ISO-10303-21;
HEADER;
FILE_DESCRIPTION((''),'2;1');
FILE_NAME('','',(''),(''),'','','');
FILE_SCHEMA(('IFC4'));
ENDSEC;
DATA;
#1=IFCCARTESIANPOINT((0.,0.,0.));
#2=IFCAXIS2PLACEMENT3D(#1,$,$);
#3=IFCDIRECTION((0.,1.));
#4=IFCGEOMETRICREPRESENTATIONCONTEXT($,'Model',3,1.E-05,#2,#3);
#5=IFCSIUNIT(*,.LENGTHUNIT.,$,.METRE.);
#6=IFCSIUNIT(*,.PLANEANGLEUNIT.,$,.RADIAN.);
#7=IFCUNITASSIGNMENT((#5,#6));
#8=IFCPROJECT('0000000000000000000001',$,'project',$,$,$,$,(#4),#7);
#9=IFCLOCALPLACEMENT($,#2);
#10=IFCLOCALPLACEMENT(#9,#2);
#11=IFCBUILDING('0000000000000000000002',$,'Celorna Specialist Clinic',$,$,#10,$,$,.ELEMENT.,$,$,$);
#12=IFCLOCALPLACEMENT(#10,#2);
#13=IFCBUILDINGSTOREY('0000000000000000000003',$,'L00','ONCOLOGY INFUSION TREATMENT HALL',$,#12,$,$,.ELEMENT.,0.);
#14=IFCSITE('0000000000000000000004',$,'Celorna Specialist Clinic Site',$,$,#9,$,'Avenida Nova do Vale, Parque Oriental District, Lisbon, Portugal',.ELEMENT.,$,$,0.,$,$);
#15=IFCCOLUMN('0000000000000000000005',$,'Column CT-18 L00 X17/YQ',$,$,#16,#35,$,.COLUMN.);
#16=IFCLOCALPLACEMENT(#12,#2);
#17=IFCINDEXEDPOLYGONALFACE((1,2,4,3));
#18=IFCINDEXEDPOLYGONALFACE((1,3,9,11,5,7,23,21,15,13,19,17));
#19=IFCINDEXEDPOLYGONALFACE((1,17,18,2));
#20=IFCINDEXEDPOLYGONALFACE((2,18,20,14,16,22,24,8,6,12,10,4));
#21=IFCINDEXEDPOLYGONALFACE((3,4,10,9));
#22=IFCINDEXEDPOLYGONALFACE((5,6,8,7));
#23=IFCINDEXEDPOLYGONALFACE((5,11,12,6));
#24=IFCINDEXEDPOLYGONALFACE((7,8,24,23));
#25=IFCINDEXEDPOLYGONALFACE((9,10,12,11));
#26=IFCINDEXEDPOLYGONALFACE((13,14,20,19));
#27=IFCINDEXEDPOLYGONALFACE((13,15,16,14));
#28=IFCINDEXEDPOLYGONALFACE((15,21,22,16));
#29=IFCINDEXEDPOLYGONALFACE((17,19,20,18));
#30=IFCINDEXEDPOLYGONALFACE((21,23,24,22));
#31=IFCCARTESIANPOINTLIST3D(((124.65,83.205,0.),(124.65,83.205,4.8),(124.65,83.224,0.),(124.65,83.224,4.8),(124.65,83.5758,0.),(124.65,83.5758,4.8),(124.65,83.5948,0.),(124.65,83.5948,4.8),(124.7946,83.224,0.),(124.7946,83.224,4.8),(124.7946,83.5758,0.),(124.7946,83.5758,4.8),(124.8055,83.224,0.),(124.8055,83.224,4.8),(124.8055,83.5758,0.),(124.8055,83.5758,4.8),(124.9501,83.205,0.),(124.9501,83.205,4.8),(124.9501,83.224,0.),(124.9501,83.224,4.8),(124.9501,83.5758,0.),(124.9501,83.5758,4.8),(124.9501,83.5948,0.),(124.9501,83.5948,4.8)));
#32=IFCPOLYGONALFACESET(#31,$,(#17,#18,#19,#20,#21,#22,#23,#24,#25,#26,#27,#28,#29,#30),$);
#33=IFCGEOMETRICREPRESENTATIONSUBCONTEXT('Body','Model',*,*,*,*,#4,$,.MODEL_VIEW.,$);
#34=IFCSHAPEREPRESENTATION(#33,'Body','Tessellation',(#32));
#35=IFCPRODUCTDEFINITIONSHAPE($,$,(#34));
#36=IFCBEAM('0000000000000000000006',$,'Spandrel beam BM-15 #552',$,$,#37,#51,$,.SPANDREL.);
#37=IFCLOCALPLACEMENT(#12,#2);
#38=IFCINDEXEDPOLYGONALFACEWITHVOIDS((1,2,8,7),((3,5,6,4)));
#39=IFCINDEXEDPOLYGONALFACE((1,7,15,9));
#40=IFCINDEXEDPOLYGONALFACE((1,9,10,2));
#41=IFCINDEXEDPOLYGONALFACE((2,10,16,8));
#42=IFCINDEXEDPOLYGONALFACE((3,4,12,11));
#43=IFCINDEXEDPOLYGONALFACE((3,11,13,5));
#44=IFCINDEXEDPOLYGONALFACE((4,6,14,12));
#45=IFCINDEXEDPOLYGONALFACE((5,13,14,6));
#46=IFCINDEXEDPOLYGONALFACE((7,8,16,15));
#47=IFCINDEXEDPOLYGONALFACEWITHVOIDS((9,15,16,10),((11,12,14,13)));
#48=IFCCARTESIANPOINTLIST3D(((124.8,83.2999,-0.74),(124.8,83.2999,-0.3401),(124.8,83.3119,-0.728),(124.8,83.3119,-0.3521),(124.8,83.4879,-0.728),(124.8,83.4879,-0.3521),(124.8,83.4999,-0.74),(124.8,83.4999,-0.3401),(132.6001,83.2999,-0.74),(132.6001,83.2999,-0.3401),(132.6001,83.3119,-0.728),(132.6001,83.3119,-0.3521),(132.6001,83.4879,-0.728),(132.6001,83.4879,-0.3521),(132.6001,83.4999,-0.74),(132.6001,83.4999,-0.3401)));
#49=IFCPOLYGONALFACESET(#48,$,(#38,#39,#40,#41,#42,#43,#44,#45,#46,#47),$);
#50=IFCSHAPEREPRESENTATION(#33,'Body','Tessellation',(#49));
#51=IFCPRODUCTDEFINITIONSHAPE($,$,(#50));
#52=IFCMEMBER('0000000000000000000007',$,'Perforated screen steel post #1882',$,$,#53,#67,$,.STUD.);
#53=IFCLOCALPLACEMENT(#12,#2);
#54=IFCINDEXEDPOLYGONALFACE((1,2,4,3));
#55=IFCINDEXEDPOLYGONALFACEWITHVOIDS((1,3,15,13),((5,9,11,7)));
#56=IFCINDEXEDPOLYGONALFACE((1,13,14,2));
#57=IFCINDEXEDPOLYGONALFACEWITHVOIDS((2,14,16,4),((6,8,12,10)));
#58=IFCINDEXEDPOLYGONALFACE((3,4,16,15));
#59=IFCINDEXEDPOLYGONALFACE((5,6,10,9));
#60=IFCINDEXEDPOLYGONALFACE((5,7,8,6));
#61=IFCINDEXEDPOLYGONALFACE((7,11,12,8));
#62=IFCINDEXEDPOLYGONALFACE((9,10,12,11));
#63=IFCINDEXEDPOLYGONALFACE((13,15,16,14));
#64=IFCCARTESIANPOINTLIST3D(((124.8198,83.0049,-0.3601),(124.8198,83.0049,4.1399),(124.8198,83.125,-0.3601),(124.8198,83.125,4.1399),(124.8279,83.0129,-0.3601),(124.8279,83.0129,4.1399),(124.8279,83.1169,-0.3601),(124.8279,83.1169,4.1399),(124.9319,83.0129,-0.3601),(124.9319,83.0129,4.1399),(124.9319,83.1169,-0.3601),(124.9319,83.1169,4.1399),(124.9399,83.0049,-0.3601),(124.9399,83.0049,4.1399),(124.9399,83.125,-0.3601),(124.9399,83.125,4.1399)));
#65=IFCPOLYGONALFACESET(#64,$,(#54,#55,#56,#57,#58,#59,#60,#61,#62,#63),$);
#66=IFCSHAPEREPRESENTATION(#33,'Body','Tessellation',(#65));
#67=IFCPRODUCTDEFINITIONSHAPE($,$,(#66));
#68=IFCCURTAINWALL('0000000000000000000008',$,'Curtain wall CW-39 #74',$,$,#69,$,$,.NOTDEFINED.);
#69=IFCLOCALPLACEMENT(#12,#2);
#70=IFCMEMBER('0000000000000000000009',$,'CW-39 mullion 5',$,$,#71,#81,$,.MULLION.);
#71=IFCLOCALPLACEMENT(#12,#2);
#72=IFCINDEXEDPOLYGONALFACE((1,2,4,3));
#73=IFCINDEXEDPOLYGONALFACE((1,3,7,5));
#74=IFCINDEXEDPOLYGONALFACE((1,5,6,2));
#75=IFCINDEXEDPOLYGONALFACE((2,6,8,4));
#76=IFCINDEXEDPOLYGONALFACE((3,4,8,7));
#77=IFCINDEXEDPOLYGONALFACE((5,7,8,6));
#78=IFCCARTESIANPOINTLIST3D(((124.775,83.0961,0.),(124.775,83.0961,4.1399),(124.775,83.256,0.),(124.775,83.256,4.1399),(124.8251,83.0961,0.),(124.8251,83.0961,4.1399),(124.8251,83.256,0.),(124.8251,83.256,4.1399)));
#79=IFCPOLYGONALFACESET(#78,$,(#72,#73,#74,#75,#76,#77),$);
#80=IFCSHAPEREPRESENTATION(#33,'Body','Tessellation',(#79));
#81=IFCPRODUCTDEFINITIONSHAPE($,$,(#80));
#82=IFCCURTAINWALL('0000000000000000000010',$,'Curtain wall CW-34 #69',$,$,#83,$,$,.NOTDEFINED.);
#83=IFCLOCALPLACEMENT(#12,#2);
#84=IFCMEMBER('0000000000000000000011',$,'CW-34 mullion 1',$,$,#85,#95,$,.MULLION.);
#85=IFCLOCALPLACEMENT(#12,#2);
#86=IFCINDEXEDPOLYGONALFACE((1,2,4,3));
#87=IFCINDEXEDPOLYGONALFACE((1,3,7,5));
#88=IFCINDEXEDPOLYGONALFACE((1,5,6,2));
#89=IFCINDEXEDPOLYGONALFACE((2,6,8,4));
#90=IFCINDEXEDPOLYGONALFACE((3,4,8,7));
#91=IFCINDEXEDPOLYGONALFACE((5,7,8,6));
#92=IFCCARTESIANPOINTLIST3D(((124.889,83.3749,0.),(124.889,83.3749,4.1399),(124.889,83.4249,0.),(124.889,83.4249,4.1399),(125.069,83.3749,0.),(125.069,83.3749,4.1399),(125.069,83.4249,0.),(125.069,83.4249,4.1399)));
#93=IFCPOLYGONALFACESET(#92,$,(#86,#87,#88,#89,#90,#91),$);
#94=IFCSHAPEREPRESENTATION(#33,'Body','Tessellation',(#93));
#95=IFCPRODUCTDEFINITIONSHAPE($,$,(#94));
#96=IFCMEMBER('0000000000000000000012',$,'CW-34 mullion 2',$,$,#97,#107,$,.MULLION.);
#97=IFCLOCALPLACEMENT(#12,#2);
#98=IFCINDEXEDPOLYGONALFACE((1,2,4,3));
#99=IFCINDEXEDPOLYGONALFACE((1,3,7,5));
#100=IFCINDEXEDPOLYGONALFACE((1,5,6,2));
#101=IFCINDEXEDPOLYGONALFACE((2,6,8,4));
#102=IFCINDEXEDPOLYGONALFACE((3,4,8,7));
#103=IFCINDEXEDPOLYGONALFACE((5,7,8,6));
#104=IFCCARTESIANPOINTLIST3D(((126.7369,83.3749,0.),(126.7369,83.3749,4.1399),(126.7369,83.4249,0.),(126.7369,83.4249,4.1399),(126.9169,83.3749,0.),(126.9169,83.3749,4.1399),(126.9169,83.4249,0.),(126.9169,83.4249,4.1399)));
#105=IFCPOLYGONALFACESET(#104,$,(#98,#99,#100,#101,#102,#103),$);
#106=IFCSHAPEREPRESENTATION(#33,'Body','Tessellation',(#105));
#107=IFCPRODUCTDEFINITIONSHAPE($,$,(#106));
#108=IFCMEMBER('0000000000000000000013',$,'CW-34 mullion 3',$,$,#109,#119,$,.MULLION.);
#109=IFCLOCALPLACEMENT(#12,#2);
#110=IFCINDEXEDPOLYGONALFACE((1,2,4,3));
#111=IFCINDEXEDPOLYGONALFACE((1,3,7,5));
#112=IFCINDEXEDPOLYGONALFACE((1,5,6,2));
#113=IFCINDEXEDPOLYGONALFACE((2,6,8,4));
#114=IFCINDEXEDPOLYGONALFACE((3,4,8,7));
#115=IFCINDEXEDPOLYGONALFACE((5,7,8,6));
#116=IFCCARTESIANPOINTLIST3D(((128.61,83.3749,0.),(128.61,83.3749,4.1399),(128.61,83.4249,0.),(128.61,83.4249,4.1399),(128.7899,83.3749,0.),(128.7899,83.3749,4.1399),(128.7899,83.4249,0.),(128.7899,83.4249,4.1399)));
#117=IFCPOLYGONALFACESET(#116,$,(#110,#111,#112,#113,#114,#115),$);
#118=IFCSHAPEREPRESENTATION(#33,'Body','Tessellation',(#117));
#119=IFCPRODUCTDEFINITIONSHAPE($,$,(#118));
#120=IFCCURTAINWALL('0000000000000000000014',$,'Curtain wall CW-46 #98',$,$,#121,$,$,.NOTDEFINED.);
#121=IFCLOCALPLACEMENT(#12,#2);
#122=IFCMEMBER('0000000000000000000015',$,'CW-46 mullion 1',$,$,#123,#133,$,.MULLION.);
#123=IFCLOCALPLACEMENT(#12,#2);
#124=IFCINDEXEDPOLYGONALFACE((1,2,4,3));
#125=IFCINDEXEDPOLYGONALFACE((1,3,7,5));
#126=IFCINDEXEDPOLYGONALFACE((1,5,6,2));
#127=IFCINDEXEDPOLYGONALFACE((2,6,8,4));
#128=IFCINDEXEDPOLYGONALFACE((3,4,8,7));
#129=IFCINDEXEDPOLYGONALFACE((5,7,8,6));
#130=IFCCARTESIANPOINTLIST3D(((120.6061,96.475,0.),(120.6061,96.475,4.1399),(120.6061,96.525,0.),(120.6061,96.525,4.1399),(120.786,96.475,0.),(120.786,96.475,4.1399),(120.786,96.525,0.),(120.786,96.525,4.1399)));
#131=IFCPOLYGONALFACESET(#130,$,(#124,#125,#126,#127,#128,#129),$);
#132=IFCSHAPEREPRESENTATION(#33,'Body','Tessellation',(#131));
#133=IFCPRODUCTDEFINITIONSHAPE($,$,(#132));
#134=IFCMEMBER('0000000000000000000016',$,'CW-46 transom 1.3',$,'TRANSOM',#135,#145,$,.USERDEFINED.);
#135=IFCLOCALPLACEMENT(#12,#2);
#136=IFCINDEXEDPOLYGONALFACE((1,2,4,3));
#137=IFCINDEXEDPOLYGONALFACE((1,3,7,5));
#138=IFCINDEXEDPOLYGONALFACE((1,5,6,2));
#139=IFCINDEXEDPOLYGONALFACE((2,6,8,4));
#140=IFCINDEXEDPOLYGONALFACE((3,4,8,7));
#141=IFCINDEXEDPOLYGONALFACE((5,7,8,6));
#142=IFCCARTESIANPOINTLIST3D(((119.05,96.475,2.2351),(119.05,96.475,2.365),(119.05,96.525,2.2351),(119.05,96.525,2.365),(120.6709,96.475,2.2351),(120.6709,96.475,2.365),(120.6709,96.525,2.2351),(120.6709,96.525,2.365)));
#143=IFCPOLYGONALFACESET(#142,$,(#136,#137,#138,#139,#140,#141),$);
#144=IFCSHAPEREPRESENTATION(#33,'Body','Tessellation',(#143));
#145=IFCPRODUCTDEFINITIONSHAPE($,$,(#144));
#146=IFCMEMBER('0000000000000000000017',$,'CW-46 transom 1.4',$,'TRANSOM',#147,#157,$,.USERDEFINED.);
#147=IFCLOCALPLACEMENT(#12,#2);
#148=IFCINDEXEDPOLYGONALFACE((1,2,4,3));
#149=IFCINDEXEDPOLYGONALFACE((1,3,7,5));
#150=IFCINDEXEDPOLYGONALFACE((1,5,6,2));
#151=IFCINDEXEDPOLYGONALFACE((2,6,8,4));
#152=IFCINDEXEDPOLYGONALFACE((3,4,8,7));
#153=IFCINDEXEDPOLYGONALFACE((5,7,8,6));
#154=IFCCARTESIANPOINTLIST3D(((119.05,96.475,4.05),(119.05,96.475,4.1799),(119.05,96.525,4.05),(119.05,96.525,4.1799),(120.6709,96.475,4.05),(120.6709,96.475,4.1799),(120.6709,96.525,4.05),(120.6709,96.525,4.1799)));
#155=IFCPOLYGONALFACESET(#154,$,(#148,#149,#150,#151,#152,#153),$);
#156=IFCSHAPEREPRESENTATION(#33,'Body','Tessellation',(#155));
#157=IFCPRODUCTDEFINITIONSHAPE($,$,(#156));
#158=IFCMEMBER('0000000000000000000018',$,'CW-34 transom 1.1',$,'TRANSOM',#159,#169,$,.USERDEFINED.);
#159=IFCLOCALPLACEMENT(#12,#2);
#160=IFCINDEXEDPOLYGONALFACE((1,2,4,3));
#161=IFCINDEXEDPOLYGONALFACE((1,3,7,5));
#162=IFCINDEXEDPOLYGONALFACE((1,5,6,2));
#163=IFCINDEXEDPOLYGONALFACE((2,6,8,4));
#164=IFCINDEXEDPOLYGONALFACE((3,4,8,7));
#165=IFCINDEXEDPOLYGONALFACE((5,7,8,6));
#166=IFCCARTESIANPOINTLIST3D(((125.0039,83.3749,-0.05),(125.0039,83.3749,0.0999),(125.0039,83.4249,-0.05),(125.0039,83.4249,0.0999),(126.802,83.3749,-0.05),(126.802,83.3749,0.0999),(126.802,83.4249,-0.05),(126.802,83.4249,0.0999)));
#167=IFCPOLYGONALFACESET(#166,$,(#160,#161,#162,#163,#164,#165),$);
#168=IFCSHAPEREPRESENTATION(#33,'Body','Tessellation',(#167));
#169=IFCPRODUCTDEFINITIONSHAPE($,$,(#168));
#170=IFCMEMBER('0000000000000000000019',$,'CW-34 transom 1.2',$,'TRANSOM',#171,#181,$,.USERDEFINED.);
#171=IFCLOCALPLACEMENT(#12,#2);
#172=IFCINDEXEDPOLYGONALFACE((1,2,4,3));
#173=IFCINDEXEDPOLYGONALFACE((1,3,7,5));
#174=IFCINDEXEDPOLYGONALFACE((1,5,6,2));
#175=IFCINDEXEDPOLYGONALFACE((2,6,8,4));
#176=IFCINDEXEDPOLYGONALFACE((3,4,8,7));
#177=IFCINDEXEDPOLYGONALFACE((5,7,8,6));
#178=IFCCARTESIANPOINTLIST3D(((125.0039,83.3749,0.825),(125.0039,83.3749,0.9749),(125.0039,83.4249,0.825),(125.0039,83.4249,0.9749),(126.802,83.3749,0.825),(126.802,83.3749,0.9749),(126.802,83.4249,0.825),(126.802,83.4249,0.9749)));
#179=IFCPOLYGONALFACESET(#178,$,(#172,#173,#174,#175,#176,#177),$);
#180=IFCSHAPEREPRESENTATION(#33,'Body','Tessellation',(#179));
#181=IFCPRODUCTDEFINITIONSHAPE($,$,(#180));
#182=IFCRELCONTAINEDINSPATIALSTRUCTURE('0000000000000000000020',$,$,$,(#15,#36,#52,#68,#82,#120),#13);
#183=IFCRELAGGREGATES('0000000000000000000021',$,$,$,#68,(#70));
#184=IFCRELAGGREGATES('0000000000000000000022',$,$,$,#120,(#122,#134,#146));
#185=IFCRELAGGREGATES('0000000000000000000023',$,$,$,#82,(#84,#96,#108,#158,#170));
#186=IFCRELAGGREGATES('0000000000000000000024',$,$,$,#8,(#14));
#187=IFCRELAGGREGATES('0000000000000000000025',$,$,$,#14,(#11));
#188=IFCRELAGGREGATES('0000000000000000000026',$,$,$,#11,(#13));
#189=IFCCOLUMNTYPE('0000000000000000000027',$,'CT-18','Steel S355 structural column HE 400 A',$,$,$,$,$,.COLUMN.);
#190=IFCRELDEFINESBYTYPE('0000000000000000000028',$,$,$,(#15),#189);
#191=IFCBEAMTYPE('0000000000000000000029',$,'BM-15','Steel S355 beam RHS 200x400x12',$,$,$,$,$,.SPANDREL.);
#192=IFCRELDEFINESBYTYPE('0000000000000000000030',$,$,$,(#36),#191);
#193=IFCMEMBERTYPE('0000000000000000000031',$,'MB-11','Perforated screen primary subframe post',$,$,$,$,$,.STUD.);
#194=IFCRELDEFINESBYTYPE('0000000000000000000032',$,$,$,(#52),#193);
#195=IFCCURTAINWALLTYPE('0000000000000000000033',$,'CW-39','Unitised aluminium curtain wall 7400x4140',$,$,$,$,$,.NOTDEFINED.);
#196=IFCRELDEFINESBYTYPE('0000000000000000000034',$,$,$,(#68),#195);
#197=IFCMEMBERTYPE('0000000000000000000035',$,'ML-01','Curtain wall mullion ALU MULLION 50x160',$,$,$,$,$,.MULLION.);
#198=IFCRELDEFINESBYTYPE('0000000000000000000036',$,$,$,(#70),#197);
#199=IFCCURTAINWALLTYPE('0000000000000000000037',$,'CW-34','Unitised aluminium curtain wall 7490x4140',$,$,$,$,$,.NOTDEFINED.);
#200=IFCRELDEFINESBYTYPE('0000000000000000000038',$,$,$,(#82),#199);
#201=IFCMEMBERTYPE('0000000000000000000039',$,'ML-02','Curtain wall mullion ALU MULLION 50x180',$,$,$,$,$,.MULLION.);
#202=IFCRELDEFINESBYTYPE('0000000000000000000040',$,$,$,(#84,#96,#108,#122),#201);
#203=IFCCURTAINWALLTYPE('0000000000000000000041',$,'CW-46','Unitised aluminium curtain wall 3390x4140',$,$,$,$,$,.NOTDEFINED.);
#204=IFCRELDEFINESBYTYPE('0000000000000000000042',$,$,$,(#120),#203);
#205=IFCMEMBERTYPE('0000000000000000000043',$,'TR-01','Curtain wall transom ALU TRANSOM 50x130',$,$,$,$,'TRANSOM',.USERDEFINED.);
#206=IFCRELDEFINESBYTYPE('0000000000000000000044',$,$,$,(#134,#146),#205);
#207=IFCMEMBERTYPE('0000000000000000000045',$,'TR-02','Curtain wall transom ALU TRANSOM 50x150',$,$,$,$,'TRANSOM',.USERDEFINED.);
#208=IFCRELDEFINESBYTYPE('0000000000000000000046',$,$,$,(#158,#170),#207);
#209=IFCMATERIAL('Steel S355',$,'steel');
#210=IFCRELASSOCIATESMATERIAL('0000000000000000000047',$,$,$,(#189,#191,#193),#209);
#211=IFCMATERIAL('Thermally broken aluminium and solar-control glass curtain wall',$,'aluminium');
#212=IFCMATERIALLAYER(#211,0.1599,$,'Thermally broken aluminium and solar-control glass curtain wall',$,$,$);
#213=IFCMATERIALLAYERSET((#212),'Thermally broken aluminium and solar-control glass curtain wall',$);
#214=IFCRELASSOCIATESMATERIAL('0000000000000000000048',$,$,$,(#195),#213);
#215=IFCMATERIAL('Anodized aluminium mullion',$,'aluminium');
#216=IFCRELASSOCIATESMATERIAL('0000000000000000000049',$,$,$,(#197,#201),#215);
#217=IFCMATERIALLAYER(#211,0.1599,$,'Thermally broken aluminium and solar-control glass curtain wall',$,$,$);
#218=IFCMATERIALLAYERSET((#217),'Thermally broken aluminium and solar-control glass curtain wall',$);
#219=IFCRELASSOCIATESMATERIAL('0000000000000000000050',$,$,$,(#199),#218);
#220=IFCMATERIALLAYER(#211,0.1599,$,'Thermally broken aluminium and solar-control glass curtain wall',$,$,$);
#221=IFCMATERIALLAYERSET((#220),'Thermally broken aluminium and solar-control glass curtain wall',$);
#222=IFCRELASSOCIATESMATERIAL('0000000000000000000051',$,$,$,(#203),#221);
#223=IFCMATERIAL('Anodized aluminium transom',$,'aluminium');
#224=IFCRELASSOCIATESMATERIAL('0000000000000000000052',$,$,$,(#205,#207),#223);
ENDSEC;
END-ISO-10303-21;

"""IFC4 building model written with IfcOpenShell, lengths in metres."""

from ifc_helpers import new_model, si_unit, direction, frame, origin, origin_2d, place, context, subcontext, project, spatial, rectangle, hollow_rectangle, i_section, extrude, material, layer, layer_set, material_profile, profile_set, type_object, element, aggregate, save


model = new_model("IFC4")

# Units and contexts
model_context = context("Model", 3, precision=1e-05, world=origin(), true_north=direction((0.0, 1.0)))
body_context = subcontext(model_context, "Body", "Model", "MODEL_VIEW")
ifc_project = project(units=[si_unit("LENGTHUNIT", "METRE"), si_unit("PLANEANGLEUNIT", "RADIAN")], contexts=[model_context])

# Site, building, storey
site_placement = place(None, origin())
site = spatial("IfcSite", under=ifc_project, at=site_placement, Name="Celorna Specialist Clinic Site", LongName="Avenida Nova do Vale, Parque Oriental District, Lisbon, Portugal", CompositionType="ELEMENT", RefElevation=0.0)
building_placement = place(site_placement, origin())
building = spatial("IfcBuilding", under=site, at=building_placement, Name="Celorna Specialist Clinic", CompositionType="ELEMENT")
storey_placement = place(building_placement, origin())
storey = spatial("IfcBuildingStorey", under=building, at=storey_placement, Name="L00", Description="ONCOLOGY INFUSION TREATMENT HALL", CompositionType="ELEMENT", Elevation=0.0)

# Column
ifc_material_1 = material(Name="Steel S355", Category="steel")
ifc_material_profile_1 = material_profile(ifc_material_1, i_section(OverallWidth=0.3, OverallDepth=0.3899, WebThickness=0.011, FlangeThickness=0.019, at=origin_2d()), Name="HE 400 A")
ifc_profile_set_1 = profile_set([ifc_material_profile_1], Name="Steel S355")
column_type = type_object("IfcColumnType", Name="CT-18", Description="Steel S355 structural column HE 400 A", PredefinedType="COLUMN", material=ifc_profile_set_1)
column_placement = place(storey_placement, frame((124.8, 83.3999, 0.0), z_axis=(0.0, 0.0, 1.0), x_axis=(1.0, 0.0, 0.0)))
element("IfcColumn", 1, at=column_placement, inside=storey, type_object=column_type, Name="Column CT-18 L00 X17/YQ", PredefinedType="COLUMN", context=body_context, shape_type="SweptSolid", body=[
    extrude(i_section(OverallWidth=0.3, OverallDepth=0.3899, WebThickness=0.011, FlangeThickness=0.019, at=origin_2d()), origin(), (0.0, 0.0, 1.0), 4.8),
])

# Beam
ifc_material_profile_2 = material_profile(ifc_material_1, hollow_rectangle(XDim=0.2, YDim=0.3999, WallThickness=0.012, at=origin_2d()), Name="RHS 200x400x12")
ifc_profile_set_2 = profile_set([ifc_material_profile_2], Name="Steel S355")
beam_type = type_object("IfcBeamType", Name="BM-15", Description="Steel S355 beam RHS 200x400x12", PredefinedType="SPANDREL", material=ifc_profile_set_2)
beam_placement = place(storey_placement, frame((124.8, 83.3999, -0.54), z_axis=(1.0, 0.0, 0.0), x_axis=(0.0, 1.0, 0.0)))
element("IfcBeam", 2, at=beam_placement, inside=storey, type_object=beam_type, Name="Spandrel beam BM-15 #552", PredefinedType="SPANDREL", context=body_context, shape_type="SweptSolid", body=[
    extrude(hollow_rectangle(XDim=0.2, YDim=0.3999, WallThickness=0.012, at=origin_2d()), origin(), (0.0, 0.0, 1.0), 7.8),
])

# Member
ifc_material_profile_3 = material_profile(ifc_material_1, hollow_rectangle(XDim=0.1201, YDim=0.1201, WallThickness=0.0081, at=origin_2d()), Name="SHS 120x120x8")
ifc_profile_set_3 = profile_set([ifc_material_profile_3], Name="Steel S355")
member_type_1 = type_object("IfcMemberType", Name="MB-11", Description="Perforated screen primary subframe post", PredefinedType="STUD", material=ifc_profile_set_3)
member_1_placement = place(storey_placement, frame((124.8799, 83.0649, -0.3601), z_axis=(0.0, 0.0, 1.0), x_axis=(1.0, 0.0, 0.0)))
element("IfcMember", 3, at=member_1_placement, inside=storey, type_object=member_type_1, Name="Perforated screen steel post #1882", PredefinedType="STUD", context=body_context, shape_type="SweptSolid", body=[
    extrude(hollow_rectangle(XDim=0.1201, YDim=0.1201, WallThickness=0.0081, at=origin_2d()), origin(), (0.0, 0.0, 1.0), 4.5),
])

# Curtain wall, member
ifc_material_2 = material(Name="Thermally broken aluminium and solar-control glass curtain wall", Category="aluminium")
ifc_layer_1 = layer(ifc_material_2, 0.1599, Name="Thermally broken aluminium and solar-control glass curtain wall")
ifc_layer_set_1 = layer_set([ifc_layer_1], Name="Thermally broken aluminium and solar-control glass curtain wall")
curtain_wall_type_1 = type_object("IfcCurtainWallType", Name="CW-39", Description="Unitised aluminium curtain wall 7400x4140", PredefinedType="NOTDEFINED", material=ifc_layer_set_1)
curtain_wall_1_placement = place(storey_placement, origin())
curtain_wall_1 = element("IfcCurtainWall", 4, at=curtain_wall_1_placement, inside=storey, type_object=curtain_wall_type_1, Name="Curtain wall CW-39 #74", PredefinedType="NOTDEFINED")
ifc_material_3 = material(Name="Anodized aluminium mullion", Category="aluminium")
ifc_material_profile_4 = material_profile(ifc_material_3, rectangle(XDim=0.05, YDim=0.1599, at=origin_2d()), Name="ALU MULLION 50x160")
ifc_profile_set_4 = profile_set([ifc_material_profile_4], Name="Anodized aluminium mullion")
member_type_2 = type_object("IfcMemberType", Name="ML-01", Description="Curtain wall mullion ALU MULLION 50x160", PredefinedType="MULLION", material=ifc_profile_set_4)
member_2_placement = place(storey_placement, frame((124.8, 83.176, 0.0), z_axis=(0.0, 0.0, 1.0), x_axis=(-1.0, 0.0, 0.0)))
member_2 = element("IfcMember", 5, at=member_2_placement, type_object=member_type_2, Name="CW-39 mullion 5", PredefinedType="MULLION", context=body_context, shape_type="SweptSolid", body=[
    extrude(rectangle(XDim=0.05, YDim=0.1599, at=origin_2d()), origin(), (0.0, 0.0, 1.0), 4.1399),
])
aggregate(curtain_wall_1, [member_2])

# Curtain walls, members
ifc_layer_2 = layer(ifc_material_2, 0.1599, Name="Thermally broken aluminium and solar-control glass curtain wall")
ifc_layer_set_2 = layer_set([ifc_layer_2], Name="Thermally broken aluminium and solar-control glass curtain wall")
curtain_wall_type_2 = type_object("IfcCurtainWallType", Name="CW-34", Description="Unitised aluminium curtain wall 7490x4140", PredefinedType="NOTDEFINED", material=ifc_layer_set_2)
curtain_wall_2_placement = place(storey_placement, origin())
curtain_wall_2 = element("IfcCurtainWall", 6, at=curtain_wall_2_placement, inside=storey, type_object=curtain_wall_type_2, Name="Curtain wall CW-34 #69", PredefinedType="NOTDEFINED")
ifc_material_profile_5 = material_profile(ifc_material_3, rectangle(XDim=0.05, YDim=0.1799, at=origin_2d()), Name="ALU MULLION 50x180")
ifc_profile_set_5 = profile_set([ifc_material_profile_5], Name="Anodized aluminium mullion")
member_type_3 = type_object("IfcMemberType", Name="ML-02", Description="Curtain wall mullion ALU MULLION 50x180", PredefinedType="MULLION", material=ifc_profile_set_5)
member_3_placement = place(storey_placement, frame((124.979, 83.3999, 0.0), z_axis=(0.0, 0.0, 1.0), x_axis=(0.0, 1.0, 0.0)))
member_3 = element("IfcMember", 7, at=member_3_placement, type_object=member_type_3, Name="CW-34 mullion 1", PredefinedType="MULLION", context=body_context, shape_type="SweptSolid", body=[
    extrude(rectangle(XDim=0.05, YDim=0.1799, at=origin_2d()), origin(), (0.0, 0.0, 1.0), 4.1399),
])
member_4_placement = place(storey_placement, frame((126.8269, 83.3999, 0.0), z_axis=(0.0, 0.0, 1.0), x_axis=(0.0, 1.0, 0.0)))
member_4 = element("IfcMember", 8, at=member_4_placement, type_object=member_type_3, Name="CW-34 mullion 2", PredefinedType="MULLION", context=body_context, shape_type="SweptSolid", body=[
    extrude(rectangle(XDim=0.05, YDim=0.1799, at=origin_2d()), origin(), (0.0, 0.0, 1.0), 4.1399),
])
member_5_placement = place(storey_placement, frame((128.7, 83.3999, 0.0), z_axis=(0.0, 0.0, 1.0), x_axis=(0.0, 1.0, 0.0)))
member_5 = element("IfcMember", 9, at=member_5_placement, type_object=member_type_3, Name="CW-34 mullion 3", PredefinedType="MULLION", context=body_context, shape_type="SweptSolid", body=[
    extrude(rectangle(XDim=0.05, YDim=0.1799, at=origin_2d()), origin(), (0.0, 0.0, 1.0), 4.1399),
])
ifc_layer_3 = layer(ifc_material_2, 0.1599, Name="Thermally broken aluminium and solar-control glass curtain wall")
ifc_layer_set_3 = layer_set([ifc_layer_3], Name="Thermally broken aluminium and solar-control glass curtain wall")
curtain_wall_type_3 = type_object("IfcCurtainWallType", Name="CW-46", Description="Unitised aluminium curtain wall 3390x4140", PredefinedType="NOTDEFINED", material=ifc_layer_set_3)
curtain_wall_3_placement = place(storey_placement, origin())
curtain_wall_3 = element("IfcCurtainWall", 10, at=curtain_wall_3_placement, inside=storey, type_object=curtain_wall_type_3, Name="Curtain wall CW-46 #98", PredefinedType="NOTDEFINED")
member_6_placement = place(storey_placement, frame((120.696, 96.5, 0.0), z_axis=(0.0, 0.0, 1.0), x_axis=(0.0, -1.0, 0.0)))
member_6 = element("IfcMember", 11, at=member_6_placement, type_object=member_type_3, Name="CW-46 mullion 1", PredefinedType="MULLION", context=body_context, shape_type="SweptSolid", body=[
    extrude(rectangle(XDim=0.05, YDim=0.1799, at=origin_2d()), origin(), (0.0, 0.0, 1.0), 4.1399),
])
ifc_material_4 = material(Name="Anodized aluminium transom", Category="aluminium")
ifc_material_profile_6 = material_profile(ifc_material_4, rectangle(XDim=0.05, YDim=0.1299, at=origin_2d()), Name="ALU TRANSOM 50x130")
ifc_profile_set_6 = profile_set([ifc_material_profile_6], Name="Anodized aluminium transom")
member_type_4 = type_object("IfcMemberType", Name="TR-01", Description="Curtain wall transom ALU TRANSOM 50x130", ElementType="TRANSOM", PredefinedType="USERDEFINED", material=ifc_profile_set_6)
member_7_placement = place(storey_placement, frame((120.6709, 96.5, 2.3), z_axis=(-1.0, 0.0, 0.0), x_axis=(0.0, -1.0, 0.0)))
member_7 = element("IfcMember", 12, at=member_7_placement, type_object=member_type_4, Name="CW-46 transom 1.3", ObjectType="TRANSOM", PredefinedType="USERDEFINED", context=body_context, shape_type="SweptSolid", body=[
    extrude(rectangle(XDim=0.05, YDim=0.1299, at=origin_2d()), origin(), (0.0, 0.0, 1.0), 1.6208),
])
member_8_placement = place(storey_placement, frame((120.6709, 96.5, 4.115), z_axis=(-1.0, 0.0, 0.0), x_axis=(0.0, -1.0, 0.0)))
member_8 = element("IfcMember", 13, at=member_8_placement, type_object=member_type_4, Name="CW-46 transom 1.4", ObjectType="TRANSOM", PredefinedType="USERDEFINED", context=body_context, shape_type="SweptSolid", body=[
    extrude(rectangle(XDim=0.05, YDim=0.1299, at=origin_2d()), origin(), (0.0, 0.0, 1.0), 1.6208),
])
aggregate(curtain_wall_3, [member_6, member_7, member_8])

# Members
ifc_material_profile_7 = material_profile(ifc_material_4, rectangle(XDim=0.05, YDim=0.1499, at=origin_2d()), Name="ALU TRANSOM 50x150")
ifc_profile_set_7 = profile_set([ifc_material_profile_7], Name="Anodized aluminium transom")
member_type_5 = type_object("IfcMemberType", Name="TR-02", Description="Curtain wall transom ALU TRANSOM 50x150", ElementType="TRANSOM", PredefinedType="USERDEFINED", material=ifc_profile_set_7)
member_9_placement = place(storey_placement, frame((125.0039, 83.3999, 0.0249), z_axis=(1.0, 0.0, 0.0), x_axis=(0.0, 1.0, 0.0)))
member_9 = element("IfcMember", 14, at=member_9_placement, type_object=member_type_5, Name="CW-34 transom 1.1", ObjectType="TRANSOM", PredefinedType="USERDEFINED", context=body_context, shape_type="SweptSolid", body=[
    extrude(rectangle(XDim=0.05, YDim=0.1499, at=origin_2d()), origin(), (0.0, 0.0, 1.0), 1.7981),
])
member_10_placement = place(storey_placement, frame((125.0039, 83.3999, 0.8999), z_axis=(1.0, 0.0, 0.0), x_axis=(0.0, 1.0, 0.0)))
member_10 = element("IfcMember", 15, at=member_10_placement, type_object=member_type_5, Name="CW-34 transom 1.2", ObjectType="TRANSOM", PredefinedType="USERDEFINED", context=body_context, shape_type="SweptSolid", body=[
    extrude(rectangle(XDim=0.05, YDim=0.1499, at=origin_2d()), origin(), (0.0, 0.0, 1.0), 1.7981),
])

aggregate(curtain_wall_2, [member_3, member_4, member_5, member_9, member_10])

save(model, "model.ifc")
